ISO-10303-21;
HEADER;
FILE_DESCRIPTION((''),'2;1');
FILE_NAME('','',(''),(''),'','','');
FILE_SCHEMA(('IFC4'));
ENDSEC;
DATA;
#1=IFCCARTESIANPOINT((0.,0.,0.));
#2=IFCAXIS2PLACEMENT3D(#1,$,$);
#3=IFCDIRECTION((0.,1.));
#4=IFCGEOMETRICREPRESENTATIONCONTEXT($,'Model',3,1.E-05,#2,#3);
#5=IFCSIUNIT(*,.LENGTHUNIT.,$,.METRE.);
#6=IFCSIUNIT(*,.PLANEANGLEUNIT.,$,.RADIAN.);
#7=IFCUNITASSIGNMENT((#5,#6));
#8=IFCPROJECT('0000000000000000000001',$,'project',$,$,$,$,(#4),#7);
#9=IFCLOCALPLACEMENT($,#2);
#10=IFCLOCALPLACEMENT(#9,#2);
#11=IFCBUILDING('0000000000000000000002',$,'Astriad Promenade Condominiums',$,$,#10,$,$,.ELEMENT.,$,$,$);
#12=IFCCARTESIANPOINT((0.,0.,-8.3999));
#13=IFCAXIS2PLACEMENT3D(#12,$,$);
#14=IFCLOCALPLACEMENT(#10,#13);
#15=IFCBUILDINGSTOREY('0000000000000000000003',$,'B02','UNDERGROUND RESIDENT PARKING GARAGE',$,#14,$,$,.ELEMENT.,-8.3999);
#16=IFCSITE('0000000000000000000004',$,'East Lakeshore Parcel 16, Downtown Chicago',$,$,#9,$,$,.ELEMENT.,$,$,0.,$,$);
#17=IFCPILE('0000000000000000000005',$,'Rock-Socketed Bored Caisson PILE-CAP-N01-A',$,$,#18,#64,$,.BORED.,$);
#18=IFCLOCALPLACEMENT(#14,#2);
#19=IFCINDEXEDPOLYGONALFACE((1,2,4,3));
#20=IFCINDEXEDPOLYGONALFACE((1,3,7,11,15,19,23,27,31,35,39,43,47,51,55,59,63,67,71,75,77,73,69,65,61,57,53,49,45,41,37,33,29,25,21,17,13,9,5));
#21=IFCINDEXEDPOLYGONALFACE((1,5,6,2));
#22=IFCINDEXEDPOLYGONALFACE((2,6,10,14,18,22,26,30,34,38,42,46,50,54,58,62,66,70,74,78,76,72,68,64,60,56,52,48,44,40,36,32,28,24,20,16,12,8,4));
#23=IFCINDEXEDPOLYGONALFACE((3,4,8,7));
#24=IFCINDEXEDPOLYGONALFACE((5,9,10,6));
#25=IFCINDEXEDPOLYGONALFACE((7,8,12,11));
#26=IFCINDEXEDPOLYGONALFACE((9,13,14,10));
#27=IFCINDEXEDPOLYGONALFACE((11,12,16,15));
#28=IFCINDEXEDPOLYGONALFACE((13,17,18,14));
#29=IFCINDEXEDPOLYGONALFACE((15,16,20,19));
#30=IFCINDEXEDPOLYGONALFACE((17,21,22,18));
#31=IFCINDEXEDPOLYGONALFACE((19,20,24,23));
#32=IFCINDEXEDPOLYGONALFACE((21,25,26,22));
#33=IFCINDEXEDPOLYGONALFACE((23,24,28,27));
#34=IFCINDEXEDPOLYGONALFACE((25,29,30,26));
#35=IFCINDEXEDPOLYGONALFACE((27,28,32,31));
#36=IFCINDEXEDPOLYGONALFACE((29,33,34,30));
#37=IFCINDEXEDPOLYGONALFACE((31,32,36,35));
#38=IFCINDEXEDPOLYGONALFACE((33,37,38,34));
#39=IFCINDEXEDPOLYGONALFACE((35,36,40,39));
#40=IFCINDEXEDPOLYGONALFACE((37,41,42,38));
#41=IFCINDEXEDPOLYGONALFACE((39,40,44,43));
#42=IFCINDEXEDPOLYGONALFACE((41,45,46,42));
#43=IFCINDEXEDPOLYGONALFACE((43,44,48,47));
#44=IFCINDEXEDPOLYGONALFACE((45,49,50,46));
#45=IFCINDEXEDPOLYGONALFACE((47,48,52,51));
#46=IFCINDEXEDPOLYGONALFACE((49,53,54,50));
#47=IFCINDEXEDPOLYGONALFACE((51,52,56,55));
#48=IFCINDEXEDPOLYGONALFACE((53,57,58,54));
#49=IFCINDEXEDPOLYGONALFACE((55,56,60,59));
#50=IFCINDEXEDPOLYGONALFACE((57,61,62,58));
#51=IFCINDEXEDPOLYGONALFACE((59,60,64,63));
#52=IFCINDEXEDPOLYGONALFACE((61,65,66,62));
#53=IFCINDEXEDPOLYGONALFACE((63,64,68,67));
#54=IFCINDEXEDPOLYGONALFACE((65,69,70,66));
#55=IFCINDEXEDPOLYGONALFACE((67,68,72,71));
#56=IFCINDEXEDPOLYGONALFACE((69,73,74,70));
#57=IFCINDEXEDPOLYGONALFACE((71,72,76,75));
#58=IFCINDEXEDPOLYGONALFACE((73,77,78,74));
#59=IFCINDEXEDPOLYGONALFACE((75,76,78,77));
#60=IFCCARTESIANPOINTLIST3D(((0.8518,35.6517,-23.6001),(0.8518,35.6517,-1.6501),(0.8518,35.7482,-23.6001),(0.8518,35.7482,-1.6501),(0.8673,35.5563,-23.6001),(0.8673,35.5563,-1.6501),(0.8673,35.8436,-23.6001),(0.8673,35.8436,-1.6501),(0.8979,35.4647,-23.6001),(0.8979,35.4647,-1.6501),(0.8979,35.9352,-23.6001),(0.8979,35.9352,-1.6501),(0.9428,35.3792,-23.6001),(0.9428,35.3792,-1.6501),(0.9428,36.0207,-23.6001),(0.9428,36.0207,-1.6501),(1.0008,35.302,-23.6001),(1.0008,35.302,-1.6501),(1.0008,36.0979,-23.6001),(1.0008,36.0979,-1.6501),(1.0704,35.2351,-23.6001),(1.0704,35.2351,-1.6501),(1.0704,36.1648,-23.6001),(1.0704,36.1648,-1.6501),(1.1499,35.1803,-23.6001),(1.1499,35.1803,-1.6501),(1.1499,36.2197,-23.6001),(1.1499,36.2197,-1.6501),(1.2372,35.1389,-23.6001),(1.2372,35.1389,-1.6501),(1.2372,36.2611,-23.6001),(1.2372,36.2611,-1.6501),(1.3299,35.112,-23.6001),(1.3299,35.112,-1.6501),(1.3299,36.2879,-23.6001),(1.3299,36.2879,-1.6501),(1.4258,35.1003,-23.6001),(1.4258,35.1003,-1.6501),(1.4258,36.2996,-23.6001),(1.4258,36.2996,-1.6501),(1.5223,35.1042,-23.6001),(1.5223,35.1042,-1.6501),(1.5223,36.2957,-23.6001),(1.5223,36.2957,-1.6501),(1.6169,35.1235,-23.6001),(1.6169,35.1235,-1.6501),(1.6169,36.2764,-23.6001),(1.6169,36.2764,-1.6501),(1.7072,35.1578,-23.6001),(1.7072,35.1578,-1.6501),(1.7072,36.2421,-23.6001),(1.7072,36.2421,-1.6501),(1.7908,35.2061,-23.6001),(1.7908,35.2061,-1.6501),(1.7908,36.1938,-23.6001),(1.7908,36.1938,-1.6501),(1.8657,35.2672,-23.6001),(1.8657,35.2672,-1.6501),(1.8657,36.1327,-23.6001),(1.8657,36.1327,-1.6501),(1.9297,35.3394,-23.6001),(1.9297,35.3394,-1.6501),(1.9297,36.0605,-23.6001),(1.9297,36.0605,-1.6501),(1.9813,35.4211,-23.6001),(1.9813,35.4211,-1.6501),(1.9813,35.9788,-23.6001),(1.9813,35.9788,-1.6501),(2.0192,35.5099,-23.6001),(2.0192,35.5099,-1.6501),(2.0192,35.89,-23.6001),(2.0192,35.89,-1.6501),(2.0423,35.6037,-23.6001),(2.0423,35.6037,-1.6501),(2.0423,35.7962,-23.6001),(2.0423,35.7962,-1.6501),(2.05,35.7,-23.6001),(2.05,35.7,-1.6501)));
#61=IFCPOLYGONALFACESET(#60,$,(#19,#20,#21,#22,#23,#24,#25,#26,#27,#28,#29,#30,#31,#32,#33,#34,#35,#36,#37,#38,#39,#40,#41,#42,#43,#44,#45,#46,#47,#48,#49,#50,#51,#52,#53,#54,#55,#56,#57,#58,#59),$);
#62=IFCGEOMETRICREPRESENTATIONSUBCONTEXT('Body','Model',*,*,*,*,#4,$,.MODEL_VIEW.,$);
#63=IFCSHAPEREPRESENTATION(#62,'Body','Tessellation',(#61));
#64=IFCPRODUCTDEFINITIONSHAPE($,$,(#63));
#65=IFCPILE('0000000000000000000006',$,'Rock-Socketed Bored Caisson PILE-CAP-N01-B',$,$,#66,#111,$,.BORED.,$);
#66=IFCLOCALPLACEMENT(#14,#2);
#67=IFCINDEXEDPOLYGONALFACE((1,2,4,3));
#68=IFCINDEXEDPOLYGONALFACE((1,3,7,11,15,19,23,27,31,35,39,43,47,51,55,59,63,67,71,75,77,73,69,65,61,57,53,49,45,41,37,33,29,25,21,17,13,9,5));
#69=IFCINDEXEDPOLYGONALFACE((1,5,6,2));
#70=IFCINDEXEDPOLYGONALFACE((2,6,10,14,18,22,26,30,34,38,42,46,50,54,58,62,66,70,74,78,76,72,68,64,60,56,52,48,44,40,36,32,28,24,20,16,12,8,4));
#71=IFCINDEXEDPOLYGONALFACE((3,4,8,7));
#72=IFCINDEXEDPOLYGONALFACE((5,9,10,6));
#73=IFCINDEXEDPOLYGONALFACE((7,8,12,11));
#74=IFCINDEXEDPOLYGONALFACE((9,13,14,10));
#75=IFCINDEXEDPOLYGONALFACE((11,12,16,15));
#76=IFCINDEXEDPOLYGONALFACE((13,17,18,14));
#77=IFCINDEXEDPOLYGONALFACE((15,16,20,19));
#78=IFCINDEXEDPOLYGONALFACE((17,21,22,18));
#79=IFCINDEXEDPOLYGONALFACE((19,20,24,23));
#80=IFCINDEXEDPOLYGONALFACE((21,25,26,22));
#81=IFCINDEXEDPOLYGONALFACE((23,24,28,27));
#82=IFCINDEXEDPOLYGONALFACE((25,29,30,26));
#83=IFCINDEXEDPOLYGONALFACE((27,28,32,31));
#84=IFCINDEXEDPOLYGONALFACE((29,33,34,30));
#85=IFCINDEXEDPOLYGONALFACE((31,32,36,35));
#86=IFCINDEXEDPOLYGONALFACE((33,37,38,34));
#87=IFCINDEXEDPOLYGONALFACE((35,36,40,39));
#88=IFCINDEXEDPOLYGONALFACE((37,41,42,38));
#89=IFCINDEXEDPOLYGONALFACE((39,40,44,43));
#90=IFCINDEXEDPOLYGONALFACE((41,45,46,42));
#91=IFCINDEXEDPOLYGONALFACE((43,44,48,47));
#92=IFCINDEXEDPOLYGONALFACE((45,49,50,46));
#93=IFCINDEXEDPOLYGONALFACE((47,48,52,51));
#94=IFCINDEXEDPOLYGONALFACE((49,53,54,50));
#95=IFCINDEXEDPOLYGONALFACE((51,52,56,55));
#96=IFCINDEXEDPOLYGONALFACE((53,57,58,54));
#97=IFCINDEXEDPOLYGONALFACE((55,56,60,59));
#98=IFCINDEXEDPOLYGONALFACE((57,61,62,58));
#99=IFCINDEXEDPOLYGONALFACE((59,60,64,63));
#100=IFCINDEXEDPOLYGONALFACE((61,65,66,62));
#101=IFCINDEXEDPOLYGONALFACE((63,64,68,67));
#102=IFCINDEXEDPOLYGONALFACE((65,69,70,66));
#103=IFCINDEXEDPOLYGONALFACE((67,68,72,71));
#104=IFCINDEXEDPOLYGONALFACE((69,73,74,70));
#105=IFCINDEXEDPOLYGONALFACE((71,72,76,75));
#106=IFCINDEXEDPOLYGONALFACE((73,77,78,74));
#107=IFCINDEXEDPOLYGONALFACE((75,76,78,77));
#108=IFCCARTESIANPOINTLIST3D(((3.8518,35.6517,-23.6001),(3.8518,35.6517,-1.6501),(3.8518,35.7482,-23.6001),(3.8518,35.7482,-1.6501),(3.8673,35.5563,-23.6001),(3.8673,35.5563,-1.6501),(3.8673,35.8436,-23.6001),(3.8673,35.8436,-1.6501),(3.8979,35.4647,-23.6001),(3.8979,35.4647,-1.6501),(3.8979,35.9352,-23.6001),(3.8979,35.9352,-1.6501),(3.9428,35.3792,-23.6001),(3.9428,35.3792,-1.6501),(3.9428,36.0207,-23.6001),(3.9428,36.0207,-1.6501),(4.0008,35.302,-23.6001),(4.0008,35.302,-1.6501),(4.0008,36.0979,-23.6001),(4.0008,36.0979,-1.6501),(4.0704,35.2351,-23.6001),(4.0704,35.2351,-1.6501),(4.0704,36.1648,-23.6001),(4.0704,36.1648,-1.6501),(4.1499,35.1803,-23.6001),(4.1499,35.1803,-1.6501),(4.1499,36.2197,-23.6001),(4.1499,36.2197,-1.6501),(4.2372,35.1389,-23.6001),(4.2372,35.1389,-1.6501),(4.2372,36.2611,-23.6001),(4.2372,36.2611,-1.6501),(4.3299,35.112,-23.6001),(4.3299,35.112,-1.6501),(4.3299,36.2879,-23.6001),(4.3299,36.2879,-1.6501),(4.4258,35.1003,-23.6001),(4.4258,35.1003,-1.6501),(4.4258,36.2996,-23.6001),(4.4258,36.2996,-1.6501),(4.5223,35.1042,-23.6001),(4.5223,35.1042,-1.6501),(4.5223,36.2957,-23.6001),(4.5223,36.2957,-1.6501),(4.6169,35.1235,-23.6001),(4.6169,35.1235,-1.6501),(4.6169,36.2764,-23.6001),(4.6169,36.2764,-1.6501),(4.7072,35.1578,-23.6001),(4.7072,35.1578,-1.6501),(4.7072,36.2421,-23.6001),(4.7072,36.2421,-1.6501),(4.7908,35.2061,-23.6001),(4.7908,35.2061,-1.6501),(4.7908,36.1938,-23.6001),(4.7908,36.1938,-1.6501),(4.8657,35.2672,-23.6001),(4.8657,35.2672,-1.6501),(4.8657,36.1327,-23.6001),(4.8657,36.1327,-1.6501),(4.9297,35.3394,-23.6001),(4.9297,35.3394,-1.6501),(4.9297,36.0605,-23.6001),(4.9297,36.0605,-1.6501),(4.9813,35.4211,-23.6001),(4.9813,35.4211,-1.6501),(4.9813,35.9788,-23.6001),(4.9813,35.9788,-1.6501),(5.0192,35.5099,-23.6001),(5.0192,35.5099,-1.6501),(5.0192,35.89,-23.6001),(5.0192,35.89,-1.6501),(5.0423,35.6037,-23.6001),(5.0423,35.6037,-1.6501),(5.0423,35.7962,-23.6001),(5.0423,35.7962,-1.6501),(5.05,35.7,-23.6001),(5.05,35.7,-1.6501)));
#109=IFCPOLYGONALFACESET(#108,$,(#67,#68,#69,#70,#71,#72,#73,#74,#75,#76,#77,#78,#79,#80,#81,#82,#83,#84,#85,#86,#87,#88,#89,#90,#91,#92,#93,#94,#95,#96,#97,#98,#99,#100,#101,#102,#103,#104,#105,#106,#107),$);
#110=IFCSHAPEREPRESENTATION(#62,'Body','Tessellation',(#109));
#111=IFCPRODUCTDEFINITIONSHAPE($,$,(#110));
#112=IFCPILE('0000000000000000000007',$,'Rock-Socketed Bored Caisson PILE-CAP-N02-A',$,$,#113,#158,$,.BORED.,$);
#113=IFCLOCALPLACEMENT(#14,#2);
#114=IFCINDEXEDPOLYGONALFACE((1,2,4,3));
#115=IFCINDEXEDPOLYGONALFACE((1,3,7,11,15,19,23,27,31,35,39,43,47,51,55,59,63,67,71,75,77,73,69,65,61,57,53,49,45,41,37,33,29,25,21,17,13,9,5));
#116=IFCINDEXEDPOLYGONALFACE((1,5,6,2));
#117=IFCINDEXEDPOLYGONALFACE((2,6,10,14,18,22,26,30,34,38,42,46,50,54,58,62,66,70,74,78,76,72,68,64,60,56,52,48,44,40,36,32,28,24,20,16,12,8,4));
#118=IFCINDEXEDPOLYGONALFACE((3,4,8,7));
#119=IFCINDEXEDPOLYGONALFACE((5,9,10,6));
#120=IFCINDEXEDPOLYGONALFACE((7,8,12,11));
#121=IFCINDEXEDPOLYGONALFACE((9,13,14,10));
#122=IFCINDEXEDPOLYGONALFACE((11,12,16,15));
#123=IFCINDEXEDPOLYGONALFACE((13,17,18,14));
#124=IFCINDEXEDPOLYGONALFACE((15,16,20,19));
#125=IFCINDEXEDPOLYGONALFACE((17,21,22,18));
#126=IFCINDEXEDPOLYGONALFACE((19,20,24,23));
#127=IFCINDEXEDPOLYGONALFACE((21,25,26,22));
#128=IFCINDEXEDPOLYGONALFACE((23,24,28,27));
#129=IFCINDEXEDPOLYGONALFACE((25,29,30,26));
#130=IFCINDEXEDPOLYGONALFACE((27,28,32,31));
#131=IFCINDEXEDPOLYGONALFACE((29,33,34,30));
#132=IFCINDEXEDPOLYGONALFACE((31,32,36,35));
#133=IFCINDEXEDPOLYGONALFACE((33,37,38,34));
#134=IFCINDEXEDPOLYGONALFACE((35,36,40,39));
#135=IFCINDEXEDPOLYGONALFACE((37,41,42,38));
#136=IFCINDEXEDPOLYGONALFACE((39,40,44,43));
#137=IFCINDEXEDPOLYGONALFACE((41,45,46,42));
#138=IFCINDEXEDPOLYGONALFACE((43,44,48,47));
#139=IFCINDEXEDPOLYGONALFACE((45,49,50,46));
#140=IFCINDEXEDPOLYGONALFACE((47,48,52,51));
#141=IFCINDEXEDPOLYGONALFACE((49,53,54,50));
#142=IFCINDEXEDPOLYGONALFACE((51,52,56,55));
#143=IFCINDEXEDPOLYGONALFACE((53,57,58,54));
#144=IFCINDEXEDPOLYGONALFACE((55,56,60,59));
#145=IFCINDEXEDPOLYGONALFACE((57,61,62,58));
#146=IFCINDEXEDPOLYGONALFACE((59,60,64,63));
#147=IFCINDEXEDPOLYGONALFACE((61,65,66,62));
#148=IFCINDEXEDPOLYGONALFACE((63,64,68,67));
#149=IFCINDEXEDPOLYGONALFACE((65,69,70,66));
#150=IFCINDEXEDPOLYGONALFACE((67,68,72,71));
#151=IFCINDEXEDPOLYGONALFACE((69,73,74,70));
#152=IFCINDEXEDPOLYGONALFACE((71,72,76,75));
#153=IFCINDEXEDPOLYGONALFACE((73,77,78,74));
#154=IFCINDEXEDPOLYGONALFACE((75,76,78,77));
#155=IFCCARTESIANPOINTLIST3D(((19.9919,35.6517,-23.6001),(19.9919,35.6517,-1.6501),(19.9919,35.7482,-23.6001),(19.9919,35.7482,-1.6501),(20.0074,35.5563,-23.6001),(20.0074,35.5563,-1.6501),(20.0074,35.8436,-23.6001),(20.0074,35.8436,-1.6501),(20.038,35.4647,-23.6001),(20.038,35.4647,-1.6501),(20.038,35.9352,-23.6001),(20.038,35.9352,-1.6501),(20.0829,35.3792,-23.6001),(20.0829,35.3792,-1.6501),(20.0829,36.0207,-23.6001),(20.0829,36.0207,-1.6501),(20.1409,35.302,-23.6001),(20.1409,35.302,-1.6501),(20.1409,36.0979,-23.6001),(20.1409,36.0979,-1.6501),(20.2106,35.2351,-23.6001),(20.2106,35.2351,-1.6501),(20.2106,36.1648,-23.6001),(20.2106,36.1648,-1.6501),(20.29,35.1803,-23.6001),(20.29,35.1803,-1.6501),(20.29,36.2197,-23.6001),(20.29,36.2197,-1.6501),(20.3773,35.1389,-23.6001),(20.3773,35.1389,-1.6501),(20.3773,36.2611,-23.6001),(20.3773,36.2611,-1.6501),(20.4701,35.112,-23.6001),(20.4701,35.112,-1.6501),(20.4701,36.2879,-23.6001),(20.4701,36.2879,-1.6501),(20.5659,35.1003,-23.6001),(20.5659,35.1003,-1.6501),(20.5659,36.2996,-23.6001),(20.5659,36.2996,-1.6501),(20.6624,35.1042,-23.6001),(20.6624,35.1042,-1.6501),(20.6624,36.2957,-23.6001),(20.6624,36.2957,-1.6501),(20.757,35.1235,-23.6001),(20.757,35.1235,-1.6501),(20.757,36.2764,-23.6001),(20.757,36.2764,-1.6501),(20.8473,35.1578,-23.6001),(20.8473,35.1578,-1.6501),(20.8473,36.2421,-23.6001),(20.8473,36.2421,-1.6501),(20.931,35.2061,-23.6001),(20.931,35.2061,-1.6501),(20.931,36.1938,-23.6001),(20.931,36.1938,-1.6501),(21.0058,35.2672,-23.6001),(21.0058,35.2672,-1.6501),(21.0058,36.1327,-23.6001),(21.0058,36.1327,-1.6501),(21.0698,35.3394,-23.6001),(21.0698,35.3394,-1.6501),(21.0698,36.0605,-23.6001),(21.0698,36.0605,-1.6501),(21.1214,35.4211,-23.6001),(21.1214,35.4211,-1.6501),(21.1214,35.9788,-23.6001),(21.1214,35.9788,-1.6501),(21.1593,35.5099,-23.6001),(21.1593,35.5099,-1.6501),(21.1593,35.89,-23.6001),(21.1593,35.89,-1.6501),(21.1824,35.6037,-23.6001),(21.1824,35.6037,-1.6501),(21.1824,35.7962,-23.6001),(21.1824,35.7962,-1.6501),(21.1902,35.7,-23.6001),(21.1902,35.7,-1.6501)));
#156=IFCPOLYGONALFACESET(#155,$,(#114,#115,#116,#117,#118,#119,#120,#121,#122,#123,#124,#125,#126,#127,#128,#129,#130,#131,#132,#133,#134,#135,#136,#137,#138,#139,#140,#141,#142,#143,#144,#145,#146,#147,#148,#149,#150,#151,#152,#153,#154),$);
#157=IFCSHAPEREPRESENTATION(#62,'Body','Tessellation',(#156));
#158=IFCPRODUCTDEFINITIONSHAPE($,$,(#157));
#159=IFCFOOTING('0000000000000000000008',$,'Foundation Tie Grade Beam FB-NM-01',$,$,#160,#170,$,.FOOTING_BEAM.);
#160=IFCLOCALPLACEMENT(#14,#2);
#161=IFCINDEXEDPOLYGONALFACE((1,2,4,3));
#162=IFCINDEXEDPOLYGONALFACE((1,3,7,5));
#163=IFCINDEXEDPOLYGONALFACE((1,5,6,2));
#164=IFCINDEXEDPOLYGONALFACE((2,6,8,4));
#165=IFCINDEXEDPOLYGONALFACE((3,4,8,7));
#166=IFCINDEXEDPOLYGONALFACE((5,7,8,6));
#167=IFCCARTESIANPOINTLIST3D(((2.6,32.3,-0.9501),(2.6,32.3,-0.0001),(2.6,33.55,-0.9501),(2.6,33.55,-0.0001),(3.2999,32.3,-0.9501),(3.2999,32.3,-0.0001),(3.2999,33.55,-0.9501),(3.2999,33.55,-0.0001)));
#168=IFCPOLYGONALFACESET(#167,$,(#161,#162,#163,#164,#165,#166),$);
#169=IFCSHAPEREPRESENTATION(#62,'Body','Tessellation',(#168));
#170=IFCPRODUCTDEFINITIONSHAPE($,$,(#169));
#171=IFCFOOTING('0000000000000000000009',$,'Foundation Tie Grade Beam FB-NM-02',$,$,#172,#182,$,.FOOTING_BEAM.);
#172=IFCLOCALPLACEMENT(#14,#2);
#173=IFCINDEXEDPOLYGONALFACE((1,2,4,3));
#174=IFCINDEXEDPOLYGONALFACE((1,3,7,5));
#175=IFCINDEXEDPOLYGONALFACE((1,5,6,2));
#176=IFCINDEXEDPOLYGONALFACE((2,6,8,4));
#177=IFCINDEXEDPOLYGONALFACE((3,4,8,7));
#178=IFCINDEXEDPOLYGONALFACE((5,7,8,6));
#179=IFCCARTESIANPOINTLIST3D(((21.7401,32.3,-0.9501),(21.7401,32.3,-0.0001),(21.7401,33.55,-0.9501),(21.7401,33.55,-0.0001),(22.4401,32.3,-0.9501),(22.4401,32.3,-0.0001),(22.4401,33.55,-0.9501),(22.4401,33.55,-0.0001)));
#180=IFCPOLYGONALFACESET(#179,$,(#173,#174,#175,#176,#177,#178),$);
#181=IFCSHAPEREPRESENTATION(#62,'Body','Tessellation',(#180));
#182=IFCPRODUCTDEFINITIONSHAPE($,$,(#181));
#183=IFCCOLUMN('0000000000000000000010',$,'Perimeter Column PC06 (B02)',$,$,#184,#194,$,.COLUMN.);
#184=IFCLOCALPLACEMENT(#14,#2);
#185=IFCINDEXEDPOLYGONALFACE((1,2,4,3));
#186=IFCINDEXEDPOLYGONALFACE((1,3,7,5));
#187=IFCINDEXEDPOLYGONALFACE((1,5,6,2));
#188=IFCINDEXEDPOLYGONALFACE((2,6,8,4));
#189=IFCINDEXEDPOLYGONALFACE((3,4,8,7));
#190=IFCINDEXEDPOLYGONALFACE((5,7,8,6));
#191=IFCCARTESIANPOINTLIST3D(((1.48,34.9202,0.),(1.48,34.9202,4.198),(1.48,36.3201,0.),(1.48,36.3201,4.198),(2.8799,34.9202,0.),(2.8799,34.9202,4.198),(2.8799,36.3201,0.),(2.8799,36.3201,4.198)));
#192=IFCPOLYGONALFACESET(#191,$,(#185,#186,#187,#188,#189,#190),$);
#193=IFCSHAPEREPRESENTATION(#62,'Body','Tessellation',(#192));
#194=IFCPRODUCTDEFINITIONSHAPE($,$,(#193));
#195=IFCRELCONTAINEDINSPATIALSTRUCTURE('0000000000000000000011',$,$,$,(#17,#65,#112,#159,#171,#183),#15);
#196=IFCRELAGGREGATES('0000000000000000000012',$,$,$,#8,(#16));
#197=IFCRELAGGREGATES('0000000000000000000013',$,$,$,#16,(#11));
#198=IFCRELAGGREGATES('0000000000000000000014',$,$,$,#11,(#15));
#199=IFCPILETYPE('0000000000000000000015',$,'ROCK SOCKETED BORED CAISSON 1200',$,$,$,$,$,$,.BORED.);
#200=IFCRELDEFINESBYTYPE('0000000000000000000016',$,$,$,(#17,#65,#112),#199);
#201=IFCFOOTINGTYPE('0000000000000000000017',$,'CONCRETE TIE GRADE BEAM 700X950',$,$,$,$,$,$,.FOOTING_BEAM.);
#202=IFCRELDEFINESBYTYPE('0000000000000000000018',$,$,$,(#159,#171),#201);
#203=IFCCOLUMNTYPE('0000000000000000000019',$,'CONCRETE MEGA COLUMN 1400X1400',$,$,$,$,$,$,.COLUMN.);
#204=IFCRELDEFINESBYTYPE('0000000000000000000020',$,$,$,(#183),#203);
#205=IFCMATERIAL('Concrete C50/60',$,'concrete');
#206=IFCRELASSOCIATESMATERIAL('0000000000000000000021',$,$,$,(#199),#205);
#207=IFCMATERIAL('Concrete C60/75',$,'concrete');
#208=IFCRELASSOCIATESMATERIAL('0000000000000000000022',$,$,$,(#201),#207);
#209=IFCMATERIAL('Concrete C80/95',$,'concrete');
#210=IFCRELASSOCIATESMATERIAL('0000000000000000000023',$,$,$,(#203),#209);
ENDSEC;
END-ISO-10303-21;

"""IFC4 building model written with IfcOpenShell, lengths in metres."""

from ifc_helpers import new_model, si_unit, direction, frame, origin, origin_2d, place, context, subcontext, project, spatial, rectangle, circle, extrude, source, transform, mapped, material, material_profile, profile_set, type_object, type_shapes, element, save


model = new_model("IFC4")

# Units and contexts
model_context = context("Model", 3, precision=1e-05, world=origin(), true_north=direction((0.0, 1.0)))
body_context = subcontext(model_context, "Body", "Model", "MODEL_VIEW")
ifc_project = project(units=[si_unit("LENGTHUNIT", "METRE"), si_unit("PLANEANGLEUNIT", "RADIAN")], contexts=[model_context])

# Site, building, storey
site_placement = place(None, origin())
site = spatial("IfcSite", under=ifc_project, at=site_placement, Name="East Lakeshore Parcel 16, Downtown Chicago", CompositionType="ELEMENT", RefElevation=0.0)
building_placement = place(site_placement, origin())
building = spatial("IfcBuilding", under=site, at=building_placement, Name="Astriad Promenade Condominiums", CompositionType="ELEMENT")
storey_placement = place(building_placement, frame((0.0, 0.0, -8.3999)))
storey = spatial("IfcBuildingStorey", under=building, at=storey_placement, Name="B02", Description="UNDERGROUND RESIDENT PARKING GARAGE", CompositionType="ELEMENT", Elevation=-8.3999)

# Piles
ifc_material_1 = material(Name="Concrete C50/60", Category="concrete")
ifc_material_profile_1 = material_profile(ifc_material_1, circle(Radius=0.6001, at=origin_2d()), Name="CAISSON-D1200")
ifc_profile_set_1 = profile_set([ifc_material_profile_1], Name="Concrete C50/60")
pile_type_1 = type_object("IfcPileType", Name="ROCK SOCKETED BORED CAISSON 1200", PredefinedType="BORED", material=ifc_profile_set_1)
shared_shape_1 = source(origin(), body_context, "Body", "SweptSolid", [
    extrude(circle(Radius=0.6001, at=origin_2d()), origin(), (0.0, 0.0, 1.0), 21.95),
])
type_shapes(pile_type_1, [shared_shape_1])
for number, where, z_axis, x_axis, name in (
    (1, (1.45, 35.7, -1.6501), (0.0, 0.0, -1.0), (1.0, 0.0, 0.0), "Rock-Socketed Bored Caisson PILE-CAP-N01-A"),
    (2, (4.45, 35.7, -1.6501), (0.0, 0.0, -1.0), (1.0, 0.0, 0.0), "Rock-Socketed Bored Caisson PILE-CAP-N01-B"),
    (3, (20.5901, 35.7, -1.6501), (0.0, 0.0, -1.0), (1.0, 0.0, 0.0), "Rock-Socketed Bored Caisson PILE-CAP-N02-A"),
):
    element("IfcPile", number, at=place(storey_placement, frame(where, z_axis=z_axis, x_axis=x_axis)), inside=storey, type_object=pile_type_1, Name=name, PredefinedType="BORED", context=body_context, shape_type="MappedRepresentation", body=[
        mapped(shared_shape_1, transform((0.0, 0.0, 0.0), scale=1.0)),
    ])

# Footings
ifc_material_2 = material(Name="Concrete C60/75", Category="concrete")
ifc_material_profile_2 = material_profile(ifc_material_2, rectangle(XDim=0.7, YDim=0.95, at=origin_2d()), Name="RC-BM-700X950")
ifc_profile_set_2 = profile_set([ifc_material_profile_2], Name="Concrete C60/75")
footing_type = type_object("IfcFootingType", Name="CONCRETE TIE GRADE BEAM 700X950", PredefinedType="FOOTING_BEAM", material=ifc_profile_set_2)
shared_shape_2 = source(origin(), body_context, "Body", "SweptSolid", [
    extrude(rectangle(XDim=0.7, YDim=0.95, at=origin_2d()), origin(), (0.0, 0.0, 1.0), 1.25),
])
type_shapes(footing_type, [shared_shape_2])
for number, where, z_axis, x_axis, name in (
    (4, (2.95, 32.3, -0.4751), (0.0, 1.0, 0.0), (-1.0, 0.0, 0.0), "Foundation Tie Grade Beam FB-NM-01"),
    (5, (22.0901, 32.3, -0.4751), (0.0, 1.0, 0.0), (-1.0, 0.0, 0.0), "Foundation Tie Grade Beam FB-NM-02"),
):
    element("IfcFooting", number, at=place(storey_placement, frame(where, z_axis=z_axis, x_axis=x_axis)), inside=storey, type_object=footing_type, Name=name, PredefinedType="FOOTING_BEAM", context=body_context, shape_type="MappedRepresentation", body=[
        mapped(shared_shape_2, transform((0.0, 0.0, 0.0), scale=1.0)),
    ])

# Column
ifc_material_3 = material(Name="Concrete C80/95", Category="concrete")
ifc_material_profile_3 = material_profile(ifc_material_3, rectangle(XDim=1.3999, YDim=1.3999, at=origin_2d()), Name="RC-COL-1400X1400")
ifc_profile_set_3 = profile_set([ifc_material_profile_3], Name="Concrete C80/95")
column_type = type_object("IfcColumnType", Name="CONCRETE MEGA COLUMN 1400X1400", PredefinedType="COLUMN", material=ifc_profile_set_3)
shared_shape_3 = source(origin(), body_context, "Body", "SweptSolid", [
    extrude(rectangle(XDim=1.3999, YDim=1.3999, at=origin_2d()), origin(), (0.0, 0.0, 1.0), 4.198),
])
type_shapes(column_type, [shared_shape_3])
for number, where, z_axis, x_axis, name in (
    (6, (2.1799, 35.6201, 0.0), (0.0, 0.0, 1.0), (1.0, 0.0, 0.0), "Perimeter Column PC06 (B02)"),
):
    element("IfcColumn", number, at=place(storey_placement, frame(where, z_axis=z_axis, x_axis=x_axis)), inside=storey, type_object=column_type, Name=name, PredefinedType="COLUMN", context=body_context, shape_type="MappedRepresentation", body=[
        mapped(shared_shape_3, transform((0.0, 0.0, 0.0), scale=1.0)),
    ])

save(model, "model.ifc")
